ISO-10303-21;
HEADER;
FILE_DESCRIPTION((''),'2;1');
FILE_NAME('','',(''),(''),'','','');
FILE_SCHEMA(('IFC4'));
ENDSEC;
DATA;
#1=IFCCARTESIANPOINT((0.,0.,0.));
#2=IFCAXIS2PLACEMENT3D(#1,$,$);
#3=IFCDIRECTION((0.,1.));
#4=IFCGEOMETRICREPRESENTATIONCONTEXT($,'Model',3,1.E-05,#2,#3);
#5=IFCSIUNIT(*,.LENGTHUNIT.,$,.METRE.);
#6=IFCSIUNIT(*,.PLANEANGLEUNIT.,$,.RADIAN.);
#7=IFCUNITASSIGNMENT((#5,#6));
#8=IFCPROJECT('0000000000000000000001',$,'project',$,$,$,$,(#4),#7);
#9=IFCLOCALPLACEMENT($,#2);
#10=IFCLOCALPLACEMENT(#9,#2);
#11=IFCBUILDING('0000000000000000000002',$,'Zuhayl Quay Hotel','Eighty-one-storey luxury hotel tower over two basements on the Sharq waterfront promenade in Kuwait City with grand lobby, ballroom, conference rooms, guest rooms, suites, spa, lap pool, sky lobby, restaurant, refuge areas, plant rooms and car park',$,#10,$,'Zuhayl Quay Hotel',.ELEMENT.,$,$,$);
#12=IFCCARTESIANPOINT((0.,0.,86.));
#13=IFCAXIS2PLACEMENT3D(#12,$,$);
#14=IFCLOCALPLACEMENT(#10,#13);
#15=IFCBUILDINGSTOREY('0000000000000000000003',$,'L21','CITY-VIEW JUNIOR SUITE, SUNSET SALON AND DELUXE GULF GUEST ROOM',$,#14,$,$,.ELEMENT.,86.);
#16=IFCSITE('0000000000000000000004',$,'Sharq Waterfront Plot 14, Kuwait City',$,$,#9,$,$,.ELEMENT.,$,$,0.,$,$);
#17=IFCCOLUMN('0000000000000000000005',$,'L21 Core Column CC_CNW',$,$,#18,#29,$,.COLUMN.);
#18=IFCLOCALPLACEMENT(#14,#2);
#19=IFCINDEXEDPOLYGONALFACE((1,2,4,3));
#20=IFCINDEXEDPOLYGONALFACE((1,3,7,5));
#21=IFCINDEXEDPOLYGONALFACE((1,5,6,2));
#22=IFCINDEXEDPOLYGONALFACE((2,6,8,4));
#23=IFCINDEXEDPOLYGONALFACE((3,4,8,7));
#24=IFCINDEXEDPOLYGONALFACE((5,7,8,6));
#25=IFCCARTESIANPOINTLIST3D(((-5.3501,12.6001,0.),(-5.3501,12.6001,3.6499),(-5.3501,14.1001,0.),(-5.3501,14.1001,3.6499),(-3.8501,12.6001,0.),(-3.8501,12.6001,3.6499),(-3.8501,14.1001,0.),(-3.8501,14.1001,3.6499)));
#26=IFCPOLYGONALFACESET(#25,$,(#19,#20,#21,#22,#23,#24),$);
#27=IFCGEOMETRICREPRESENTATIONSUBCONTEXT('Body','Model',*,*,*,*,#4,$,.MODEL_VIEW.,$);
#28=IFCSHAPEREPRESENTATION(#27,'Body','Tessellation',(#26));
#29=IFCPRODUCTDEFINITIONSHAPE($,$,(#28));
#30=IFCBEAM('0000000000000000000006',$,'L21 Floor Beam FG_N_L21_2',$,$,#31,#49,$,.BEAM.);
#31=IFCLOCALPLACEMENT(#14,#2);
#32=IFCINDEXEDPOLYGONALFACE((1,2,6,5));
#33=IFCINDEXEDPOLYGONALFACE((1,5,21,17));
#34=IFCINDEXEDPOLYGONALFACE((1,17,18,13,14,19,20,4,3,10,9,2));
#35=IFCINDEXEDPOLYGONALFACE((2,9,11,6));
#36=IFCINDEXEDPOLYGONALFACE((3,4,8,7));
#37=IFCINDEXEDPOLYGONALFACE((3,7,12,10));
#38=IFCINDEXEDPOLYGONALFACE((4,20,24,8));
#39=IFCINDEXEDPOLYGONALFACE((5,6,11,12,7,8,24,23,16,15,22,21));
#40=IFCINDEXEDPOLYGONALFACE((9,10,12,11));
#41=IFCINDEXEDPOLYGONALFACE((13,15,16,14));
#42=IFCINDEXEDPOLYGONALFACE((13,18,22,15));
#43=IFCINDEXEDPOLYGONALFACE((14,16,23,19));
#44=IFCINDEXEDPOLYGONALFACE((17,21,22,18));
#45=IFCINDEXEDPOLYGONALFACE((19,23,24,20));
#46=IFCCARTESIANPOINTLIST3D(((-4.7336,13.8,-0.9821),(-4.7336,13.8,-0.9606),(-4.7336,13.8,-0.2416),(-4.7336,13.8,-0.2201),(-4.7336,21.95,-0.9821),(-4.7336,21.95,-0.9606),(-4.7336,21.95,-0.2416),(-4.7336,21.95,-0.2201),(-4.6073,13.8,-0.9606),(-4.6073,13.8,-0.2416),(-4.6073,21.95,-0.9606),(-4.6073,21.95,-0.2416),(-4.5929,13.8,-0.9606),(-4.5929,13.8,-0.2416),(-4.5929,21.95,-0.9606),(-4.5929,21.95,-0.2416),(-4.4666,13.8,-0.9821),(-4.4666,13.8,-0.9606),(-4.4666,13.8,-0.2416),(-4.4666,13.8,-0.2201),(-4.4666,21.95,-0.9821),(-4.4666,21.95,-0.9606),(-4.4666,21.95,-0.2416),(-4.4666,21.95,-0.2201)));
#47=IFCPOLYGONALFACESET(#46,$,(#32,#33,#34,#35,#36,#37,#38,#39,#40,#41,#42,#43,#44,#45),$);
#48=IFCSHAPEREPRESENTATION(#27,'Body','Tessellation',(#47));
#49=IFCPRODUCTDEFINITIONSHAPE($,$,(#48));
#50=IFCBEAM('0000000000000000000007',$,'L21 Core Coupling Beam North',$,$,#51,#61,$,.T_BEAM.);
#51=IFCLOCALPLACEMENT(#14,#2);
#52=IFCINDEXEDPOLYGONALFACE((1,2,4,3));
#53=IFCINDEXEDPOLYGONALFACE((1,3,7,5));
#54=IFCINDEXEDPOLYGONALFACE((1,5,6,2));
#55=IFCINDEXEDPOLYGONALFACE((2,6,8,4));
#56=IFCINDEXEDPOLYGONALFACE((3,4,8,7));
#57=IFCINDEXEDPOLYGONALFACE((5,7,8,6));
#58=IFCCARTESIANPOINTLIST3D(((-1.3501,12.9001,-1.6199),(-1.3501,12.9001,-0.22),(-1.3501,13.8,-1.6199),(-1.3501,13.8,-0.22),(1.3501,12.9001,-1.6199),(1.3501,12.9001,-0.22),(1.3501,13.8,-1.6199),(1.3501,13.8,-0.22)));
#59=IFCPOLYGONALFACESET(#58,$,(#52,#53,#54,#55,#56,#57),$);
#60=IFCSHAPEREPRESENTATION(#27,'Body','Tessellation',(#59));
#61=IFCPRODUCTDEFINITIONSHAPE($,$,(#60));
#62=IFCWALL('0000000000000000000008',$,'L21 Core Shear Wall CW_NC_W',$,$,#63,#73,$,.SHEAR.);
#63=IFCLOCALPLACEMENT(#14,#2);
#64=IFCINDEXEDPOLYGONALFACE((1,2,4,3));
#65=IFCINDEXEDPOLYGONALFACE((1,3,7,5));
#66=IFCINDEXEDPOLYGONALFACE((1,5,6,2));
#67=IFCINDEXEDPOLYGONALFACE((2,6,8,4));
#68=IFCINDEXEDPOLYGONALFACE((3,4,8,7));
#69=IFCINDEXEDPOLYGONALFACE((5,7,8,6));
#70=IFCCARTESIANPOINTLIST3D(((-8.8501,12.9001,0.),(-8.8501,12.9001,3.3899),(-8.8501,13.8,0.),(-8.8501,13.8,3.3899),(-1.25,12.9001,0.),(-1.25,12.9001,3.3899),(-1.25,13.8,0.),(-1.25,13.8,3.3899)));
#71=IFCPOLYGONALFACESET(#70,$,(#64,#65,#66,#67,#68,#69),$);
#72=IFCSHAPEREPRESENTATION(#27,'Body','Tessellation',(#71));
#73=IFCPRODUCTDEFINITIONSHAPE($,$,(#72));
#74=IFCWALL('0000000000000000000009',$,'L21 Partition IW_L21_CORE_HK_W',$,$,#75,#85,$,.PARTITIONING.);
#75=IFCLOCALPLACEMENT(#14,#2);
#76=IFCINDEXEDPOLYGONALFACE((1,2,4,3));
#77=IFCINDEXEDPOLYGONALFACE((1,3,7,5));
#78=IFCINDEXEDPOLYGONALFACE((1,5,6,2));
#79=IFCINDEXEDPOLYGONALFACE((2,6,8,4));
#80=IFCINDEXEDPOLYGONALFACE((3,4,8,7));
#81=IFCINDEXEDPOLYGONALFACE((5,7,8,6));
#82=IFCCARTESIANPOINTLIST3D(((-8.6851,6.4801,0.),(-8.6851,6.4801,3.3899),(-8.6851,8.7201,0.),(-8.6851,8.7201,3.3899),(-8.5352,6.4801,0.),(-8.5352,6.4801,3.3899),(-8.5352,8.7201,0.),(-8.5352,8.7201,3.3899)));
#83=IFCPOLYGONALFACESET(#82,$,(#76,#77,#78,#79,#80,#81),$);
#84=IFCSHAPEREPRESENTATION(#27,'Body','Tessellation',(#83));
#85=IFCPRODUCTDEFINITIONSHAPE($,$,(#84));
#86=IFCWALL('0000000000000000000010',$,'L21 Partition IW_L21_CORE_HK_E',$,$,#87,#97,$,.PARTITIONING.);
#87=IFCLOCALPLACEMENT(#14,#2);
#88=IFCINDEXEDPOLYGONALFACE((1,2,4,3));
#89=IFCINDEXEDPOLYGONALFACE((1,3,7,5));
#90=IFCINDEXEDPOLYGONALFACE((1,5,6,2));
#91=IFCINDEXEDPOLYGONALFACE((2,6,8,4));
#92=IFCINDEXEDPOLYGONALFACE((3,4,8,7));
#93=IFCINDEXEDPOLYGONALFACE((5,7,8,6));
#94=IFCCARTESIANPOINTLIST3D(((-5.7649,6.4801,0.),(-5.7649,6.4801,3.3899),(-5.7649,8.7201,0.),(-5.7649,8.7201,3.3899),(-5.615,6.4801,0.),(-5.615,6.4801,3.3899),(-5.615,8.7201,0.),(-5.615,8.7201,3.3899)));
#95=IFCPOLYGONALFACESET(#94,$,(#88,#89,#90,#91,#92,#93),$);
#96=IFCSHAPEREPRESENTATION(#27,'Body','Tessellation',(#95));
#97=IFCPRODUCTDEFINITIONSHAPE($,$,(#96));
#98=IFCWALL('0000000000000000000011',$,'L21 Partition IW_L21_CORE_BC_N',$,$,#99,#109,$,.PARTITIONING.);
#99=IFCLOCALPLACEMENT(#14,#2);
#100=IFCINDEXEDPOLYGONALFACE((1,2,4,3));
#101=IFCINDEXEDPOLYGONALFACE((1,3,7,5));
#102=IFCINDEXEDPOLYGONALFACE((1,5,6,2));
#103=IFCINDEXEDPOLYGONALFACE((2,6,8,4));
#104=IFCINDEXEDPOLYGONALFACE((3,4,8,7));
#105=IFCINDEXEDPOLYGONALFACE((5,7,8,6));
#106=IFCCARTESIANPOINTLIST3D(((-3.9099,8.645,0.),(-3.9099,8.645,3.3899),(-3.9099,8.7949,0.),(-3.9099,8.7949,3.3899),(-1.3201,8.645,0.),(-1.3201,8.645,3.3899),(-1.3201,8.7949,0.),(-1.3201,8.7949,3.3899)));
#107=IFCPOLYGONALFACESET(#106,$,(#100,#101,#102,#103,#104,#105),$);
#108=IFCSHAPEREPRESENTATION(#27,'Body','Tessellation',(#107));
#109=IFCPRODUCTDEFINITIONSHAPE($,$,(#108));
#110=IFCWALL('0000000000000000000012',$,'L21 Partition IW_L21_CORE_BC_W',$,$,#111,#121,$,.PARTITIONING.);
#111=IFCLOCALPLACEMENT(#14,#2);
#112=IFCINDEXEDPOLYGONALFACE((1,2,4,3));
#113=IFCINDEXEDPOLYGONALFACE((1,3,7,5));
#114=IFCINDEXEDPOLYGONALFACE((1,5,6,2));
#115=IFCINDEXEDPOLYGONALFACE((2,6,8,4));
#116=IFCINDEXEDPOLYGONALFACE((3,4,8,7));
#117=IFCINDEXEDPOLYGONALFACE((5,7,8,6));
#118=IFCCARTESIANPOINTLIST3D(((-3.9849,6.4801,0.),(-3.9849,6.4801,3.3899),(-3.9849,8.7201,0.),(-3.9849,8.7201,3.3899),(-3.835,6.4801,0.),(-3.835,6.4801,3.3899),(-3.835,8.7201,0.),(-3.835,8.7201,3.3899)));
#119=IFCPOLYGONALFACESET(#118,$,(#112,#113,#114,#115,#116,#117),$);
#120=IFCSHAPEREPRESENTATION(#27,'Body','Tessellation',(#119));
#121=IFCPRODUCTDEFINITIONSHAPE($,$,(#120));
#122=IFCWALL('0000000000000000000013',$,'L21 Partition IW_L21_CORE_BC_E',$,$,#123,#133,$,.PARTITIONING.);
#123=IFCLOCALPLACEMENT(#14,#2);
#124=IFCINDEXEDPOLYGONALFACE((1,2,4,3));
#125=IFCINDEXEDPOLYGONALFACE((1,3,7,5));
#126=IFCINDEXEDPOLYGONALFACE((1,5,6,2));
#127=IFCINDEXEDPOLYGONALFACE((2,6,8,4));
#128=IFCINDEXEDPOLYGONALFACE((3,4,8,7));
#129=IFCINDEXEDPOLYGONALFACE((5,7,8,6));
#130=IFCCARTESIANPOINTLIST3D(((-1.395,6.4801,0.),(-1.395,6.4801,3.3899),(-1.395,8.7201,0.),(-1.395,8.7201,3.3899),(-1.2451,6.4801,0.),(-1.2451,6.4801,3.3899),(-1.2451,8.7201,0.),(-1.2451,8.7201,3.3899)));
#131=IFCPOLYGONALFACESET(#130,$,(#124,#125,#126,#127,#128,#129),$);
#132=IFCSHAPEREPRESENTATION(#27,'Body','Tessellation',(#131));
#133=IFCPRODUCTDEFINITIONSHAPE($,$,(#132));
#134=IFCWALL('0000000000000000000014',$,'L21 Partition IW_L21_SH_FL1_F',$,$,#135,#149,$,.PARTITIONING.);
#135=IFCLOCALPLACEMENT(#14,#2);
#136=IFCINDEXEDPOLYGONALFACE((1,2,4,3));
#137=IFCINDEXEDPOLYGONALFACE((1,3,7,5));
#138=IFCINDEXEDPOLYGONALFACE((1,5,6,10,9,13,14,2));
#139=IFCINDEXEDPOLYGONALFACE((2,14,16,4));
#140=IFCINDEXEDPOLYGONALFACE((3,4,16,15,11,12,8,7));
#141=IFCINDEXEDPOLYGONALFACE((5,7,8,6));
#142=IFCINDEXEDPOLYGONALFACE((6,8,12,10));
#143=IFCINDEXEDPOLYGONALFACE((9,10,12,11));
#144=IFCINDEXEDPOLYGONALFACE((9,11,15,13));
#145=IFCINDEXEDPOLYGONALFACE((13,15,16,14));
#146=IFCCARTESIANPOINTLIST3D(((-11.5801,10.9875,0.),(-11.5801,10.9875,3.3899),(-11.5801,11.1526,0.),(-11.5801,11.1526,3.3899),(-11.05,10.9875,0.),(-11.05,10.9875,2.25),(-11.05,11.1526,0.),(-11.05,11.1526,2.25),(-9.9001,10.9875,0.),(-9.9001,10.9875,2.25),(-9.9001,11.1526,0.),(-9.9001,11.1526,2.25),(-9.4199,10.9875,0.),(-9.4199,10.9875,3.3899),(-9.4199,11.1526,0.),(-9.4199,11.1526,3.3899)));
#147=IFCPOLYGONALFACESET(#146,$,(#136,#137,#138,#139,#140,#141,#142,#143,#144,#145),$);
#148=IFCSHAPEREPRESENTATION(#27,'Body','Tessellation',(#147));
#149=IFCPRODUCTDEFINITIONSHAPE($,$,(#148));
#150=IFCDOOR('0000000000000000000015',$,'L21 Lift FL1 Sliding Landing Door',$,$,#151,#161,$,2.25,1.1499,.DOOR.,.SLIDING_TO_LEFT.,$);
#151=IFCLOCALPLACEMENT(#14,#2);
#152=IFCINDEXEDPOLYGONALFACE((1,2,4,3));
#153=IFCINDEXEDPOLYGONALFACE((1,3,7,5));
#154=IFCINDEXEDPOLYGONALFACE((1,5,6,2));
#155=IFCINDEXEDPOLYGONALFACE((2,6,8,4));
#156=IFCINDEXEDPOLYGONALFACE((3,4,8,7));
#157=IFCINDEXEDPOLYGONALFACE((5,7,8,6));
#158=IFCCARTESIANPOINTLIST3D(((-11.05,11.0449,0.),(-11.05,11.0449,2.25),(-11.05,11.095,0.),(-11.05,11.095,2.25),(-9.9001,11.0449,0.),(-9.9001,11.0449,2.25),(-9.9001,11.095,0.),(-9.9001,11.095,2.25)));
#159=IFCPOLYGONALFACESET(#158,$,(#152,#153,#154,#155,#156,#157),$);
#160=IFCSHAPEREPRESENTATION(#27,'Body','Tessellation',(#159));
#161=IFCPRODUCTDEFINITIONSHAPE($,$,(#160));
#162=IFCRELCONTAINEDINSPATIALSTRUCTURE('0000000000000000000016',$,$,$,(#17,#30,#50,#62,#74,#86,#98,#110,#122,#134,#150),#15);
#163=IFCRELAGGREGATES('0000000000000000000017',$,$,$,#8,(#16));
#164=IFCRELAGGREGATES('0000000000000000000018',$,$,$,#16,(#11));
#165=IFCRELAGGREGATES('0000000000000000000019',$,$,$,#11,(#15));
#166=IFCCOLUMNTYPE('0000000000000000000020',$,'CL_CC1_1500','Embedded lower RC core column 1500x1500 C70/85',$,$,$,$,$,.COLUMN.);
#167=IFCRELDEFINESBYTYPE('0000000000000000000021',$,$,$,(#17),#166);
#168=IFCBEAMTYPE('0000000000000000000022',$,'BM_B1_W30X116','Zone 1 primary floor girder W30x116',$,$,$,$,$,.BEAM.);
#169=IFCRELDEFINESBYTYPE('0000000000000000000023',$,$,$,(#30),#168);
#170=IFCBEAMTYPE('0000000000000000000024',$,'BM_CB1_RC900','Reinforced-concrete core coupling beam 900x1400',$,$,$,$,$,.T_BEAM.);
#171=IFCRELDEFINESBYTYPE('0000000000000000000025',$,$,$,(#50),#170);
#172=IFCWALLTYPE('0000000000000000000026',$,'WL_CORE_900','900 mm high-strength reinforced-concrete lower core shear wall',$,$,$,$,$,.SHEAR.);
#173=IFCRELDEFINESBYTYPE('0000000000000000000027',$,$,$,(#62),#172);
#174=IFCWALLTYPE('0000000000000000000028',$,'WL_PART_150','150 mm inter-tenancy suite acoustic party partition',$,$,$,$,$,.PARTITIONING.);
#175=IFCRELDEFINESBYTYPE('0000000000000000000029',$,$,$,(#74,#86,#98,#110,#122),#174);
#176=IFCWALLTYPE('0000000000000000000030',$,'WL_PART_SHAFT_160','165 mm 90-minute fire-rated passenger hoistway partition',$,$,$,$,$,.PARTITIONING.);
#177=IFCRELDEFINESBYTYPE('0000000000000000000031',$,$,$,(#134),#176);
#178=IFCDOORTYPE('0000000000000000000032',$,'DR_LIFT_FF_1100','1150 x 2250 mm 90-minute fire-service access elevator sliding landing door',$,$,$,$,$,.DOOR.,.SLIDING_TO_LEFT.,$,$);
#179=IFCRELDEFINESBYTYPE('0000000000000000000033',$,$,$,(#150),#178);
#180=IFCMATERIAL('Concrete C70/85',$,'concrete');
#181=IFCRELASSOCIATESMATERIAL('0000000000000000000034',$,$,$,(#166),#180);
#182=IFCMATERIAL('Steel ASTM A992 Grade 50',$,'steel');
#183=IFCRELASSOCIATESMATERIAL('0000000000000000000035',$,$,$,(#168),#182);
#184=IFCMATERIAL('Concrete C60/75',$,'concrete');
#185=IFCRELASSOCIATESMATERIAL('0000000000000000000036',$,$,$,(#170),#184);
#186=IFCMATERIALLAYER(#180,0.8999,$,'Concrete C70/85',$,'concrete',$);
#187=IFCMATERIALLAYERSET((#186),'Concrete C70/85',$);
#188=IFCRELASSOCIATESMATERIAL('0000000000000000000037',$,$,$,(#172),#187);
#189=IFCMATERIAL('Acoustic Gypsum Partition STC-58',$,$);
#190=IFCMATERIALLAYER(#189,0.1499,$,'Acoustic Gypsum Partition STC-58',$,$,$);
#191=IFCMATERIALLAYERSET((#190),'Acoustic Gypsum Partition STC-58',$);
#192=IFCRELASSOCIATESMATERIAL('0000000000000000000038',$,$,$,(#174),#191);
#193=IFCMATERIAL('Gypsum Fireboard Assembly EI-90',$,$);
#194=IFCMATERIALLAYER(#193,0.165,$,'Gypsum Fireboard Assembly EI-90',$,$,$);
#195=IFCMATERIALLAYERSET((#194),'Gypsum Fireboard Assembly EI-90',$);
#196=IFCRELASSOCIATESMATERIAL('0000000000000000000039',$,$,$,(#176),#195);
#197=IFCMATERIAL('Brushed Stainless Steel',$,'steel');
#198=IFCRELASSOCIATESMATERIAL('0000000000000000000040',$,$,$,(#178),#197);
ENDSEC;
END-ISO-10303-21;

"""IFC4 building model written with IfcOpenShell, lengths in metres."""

from ifc_helpers import new_model, si_unit, direction, frame, frame_2d, origin, origin_2d, place, context, subcontext, project, spatial, rectangle, i_section, extrude, material, layer, layer_set, material_profile, profile_set, type_object, element, fill, save


model = new_model("IFC4")

# Units and contexts
model_context = context("Model", 3, precision=1e-05, world=origin(), true_north=direction((0.0, 1.0)))
body_context = subcontext(model_context, "Body", "Model", "MODEL_VIEW")
ifc_project = project(units=[si_unit("LENGTHUNIT", "METRE"), si_unit("PLANEANGLEUNIT", "RADIAN")], contexts=[model_context])

# Site, building, storey
site_placement = place(None, origin())
site = spatial("IfcSite", under=ifc_project, at=site_placement, Name="Sharq Waterfront Plot 14, Kuwait City", CompositionType="ELEMENT", RefElevation=0.0)
building_placement = place(site_placement, origin())
building = spatial("IfcBuilding", under=site, at=building_placement, Name="Zuhayl Quay Hotel", Description="Eighty-one-storey luxury hotel tower over two basements on the Sharq waterfront promenade in Kuwait City with grand lobby, ballroom, conference rooms, guest rooms, suites, spa, lap pool, sky lobby, restaurant, refuge areas, plant rooms and car park", LongName="Zuhayl Quay Hotel", CompositionType="ELEMENT")
storey_placement = place(building_placement, frame((0.0, 0.0, 86.0)))
storey = spatial("IfcBuildingStorey", under=building, at=storey_placement, Name="L21", Description="CITY-VIEW JUNIOR SUITE, SUNSET SALON AND DELUXE GULF GUEST ROOM", CompositionType="ELEMENT", Elevation=86.0)

# Column
ifc_material_1 = material(Name="Concrete C70/85", Category="concrete")
ifc_material_profile_1 = material_profile(ifc_material_1, rectangle(XDim=1.5, YDim=1.5, at=origin_2d()), Name="RC1500X1500")
ifc_profile_set_1 = profile_set([ifc_material_profile_1], Name="Concrete C70/85")
column_type = type_object("IfcColumnType", Name="CL_CC1_1500", Description="Embedded lower RC core column 1500x1500 C70/85", PredefinedType="COLUMN", material=ifc_profile_set_1)
column_placement = place(storey_placement, frame((-4.6001, 13.3501, 0.0), z_axis=(0.0, 0.0, 1.0), x_axis=(1.0, 0.0, 0.0)))
element("IfcColumn", 1, at=column_placement, inside=storey, type_object=column_type, Name="L21 Core Column CC_CNW", PredefinedType="COLUMN", context=body_context, shape_type="SweptSolid", body=[
    extrude(rectangle(XDim=1.5, YDim=1.5, at=origin_2d()), origin(), (0.0, 0.0, 1.0), 3.6499),
])

# Beams
ifc_material_2 = material(Name="Steel ASTM A992 Grade 50", Category="steel")
ifc_material_profile_2 = material_profile(ifc_material_2, i_section(OverallWidth=0.2671, OverallDepth=0.762, WebThickness=0.0144, FlangeThickness=0.0215, at=origin_2d()), Name="W30X116")
ifc_profile_set_2 = profile_set([ifc_material_profile_2], Name="Steel ASTM A992 Grade 50")
beam_type_1 = type_object("IfcBeamType", Name="BM_B1_W30X116", Description="Zone 1 primary floor girder W30x116", PredefinedType="BEAM", material=ifc_profile_set_2)
beam_1_placement = place(storey_placement, frame((-4.6001, 13.8, -0.6011), z_axis=(0.0, 1.0, 0.0), x_axis=(-1.0, 0.0, 0.0)))
element("IfcBeam", 2, at=beam_1_placement, inside=storey, type_object=beam_type_1, Name="L21 Floor Beam FG_N_L21_2", PredefinedType="BEAM", context=body_context, shape_type="SweptSolid", body=[
    extrude(i_section(OverallWidth=0.2671, OverallDepth=0.762, WebThickness=0.0144, FlangeThickness=0.0215, at=origin_2d()), origin(), (0.0, 0.0, 1.0), 8.1499),
])
ifc_material_3 = material(Name="Concrete C60/75", Category="concrete")
ifc_material_profile_3 = material_profile(ifc_material_3, rectangle(XDim=0.8999, YDim=1.3999, at=origin_2d()), Name="RC900X1400")
ifc_profile_set_3 = profile_set([ifc_material_profile_3], Name="Concrete C60/75")
beam_type_2 = type_object("IfcBeamType", Name="BM_CB1_RC900", Description="Reinforced-concrete core coupling beam 900x1400", PredefinedType="T_BEAM", material=ifc_profile_set_3)
beam_2_placement = place(storey_placement, frame((-1.3501, 13.3501, -0.9199), z_axis=(1.0, 0.0, 0.0), x_axis=(0.0, 1.0, 0.0)))
element("IfcBeam", 3, at=beam_2_placement, inside=storey, type_object=beam_type_2, Name="L21 Core Coupling Beam North", PredefinedType="T_BEAM", context=body_context, shape_type="SweptSolid", body=[
    extrude(rectangle(XDim=0.8999, YDim=1.3999, at=origin_2d()), origin(), (0.0, 0.0, 1.0), 2.7002),
])

# Wall
ifc_layer_1 = layer(ifc_material_1, 0.8999, Name="Concrete C70/85", Category="concrete")
ifc_layer_set_1 = layer_set([ifc_layer_1], Name="Concrete C70/85")
wall_type_1 = type_object("IfcWallType", Name="WL_CORE_900", Description="900 mm high-strength reinforced-concrete lower core shear wall", PredefinedType="SHEAR", material=ifc_layer_set_1)
wall_1_placement = place(storey_placement, frame((-8.8501, 13.3501, 0.0), z_axis=(0.0, 0.0, 1.0), x_axis=(1.0, 0.0, 0.0)))
element("IfcWall", 4, at=wall_1_placement, inside=storey, type_object=wall_type_1, Name="L21 Core Shear Wall CW_NC_W", PredefinedType="SHEAR", context=body_context, shape_type="SweptSolid", body=[
    extrude(rectangle(XDim=7.6001, YDim=0.8999, at=frame_2d((3.8, 0.0))), origin(), (0.0, 0.0, 1.0), 3.3899),
])

# Shared definitions
ifc_material_4 = material(Name="Acoustic Gypsum Partition STC-58")
ifc_layer_2 = layer(ifc_material_4, 0.1499, Name="Acoustic Gypsum Partition STC-58")
ifc_layer_set_2 = layer_set([ifc_layer_2], Name="Acoustic Gypsum Partition STC-58")
wall_type_2 = type_object("IfcWallType", Name="WL_PART_150", Description="150 mm inter-tenancy suite acoustic party partition", PredefinedType="PARTITIONING", material=ifc_layer_set_2)

# Walls
for number, where, z_axis, x_axis, name in (
    (5, (-8.6101, 6.48, 0.0), (0.0, 0.0, 1.0), (0.0, 1.0, 0.0), "L21 Partition IW_L21_CORE_HK_W"),
    (6, (-5.6899, 6.48, 0.0), (0.0, 0.0, 1.0), (0.0, 1.0, 0.0), "L21 Partition IW_L21_CORE_HK_E"),
):
    element("IfcWall", number, at=place(storey_placement, frame(where, z_axis=z_axis, x_axis=x_axis)), inside=storey, type_object=wall_type_2, Name=name, PredefinedType="PARTITIONING", context=body_context, shape_type="SweptSolid", body=[
        extrude(rectangle(XDim=2.24, YDim=0.1499, at=frame_2d((1.1201, 0.0))), origin(), (0.0, 0.0, 1.0), 3.3899),
    ])
wall_2_placement = place(storey_placement, frame((-3.9099, 8.72, 0.0), z_axis=(0.0, 0.0, 1.0), x_axis=(1.0, 0.0, 0.0)))
element("IfcWall", 7, at=wall_2_placement, inside=storey, type_object=wall_type_2, Name="L21 Partition IW_L21_CORE_BC_N", PredefinedType="PARTITIONING", context=body_context, shape_type="SweptSolid", body=[
    extrude(rectangle(XDim=2.5898, YDim=0.1499, at=frame_2d((1.2949, 0.0))), origin(), (0.0, 0.0, 1.0), 3.3899),
])
for number, where, z_axis, x_axis, name in (
    (8, (-3.9099, 6.48, 0.0), (0.0, 0.0, 1.0), (0.0, 1.0, 0.0), "L21 Partition IW_L21_CORE_BC_W"),
    (9, (-1.3201, 6.48, 0.0), (0.0, 0.0, 1.0), (0.0, 1.0, 0.0), "L21 Partition IW_L21_CORE_BC_E"),
):
    element("IfcWall", number, at=place(storey_placement, frame(where, z_axis=z_axis, x_axis=x_axis)), inside=storey, type_object=wall_type_2, Name=name, PredefinedType="PARTITIONING", context=body_context, shape_type="SweptSolid", body=[
        extrude(rectangle(XDim=2.24, YDim=0.1499, at=frame_2d((1.1201, 0.0))), origin(), (0.0, 0.0, 1.0), 3.3899),
    ])

# Wall, opening, door
ifc_material_5 = material(Name="Gypsum Fireboard Assembly EI-90")
ifc_layer_3 = layer(ifc_material_5, 0.165, Name="Gypsum Fireboard Assembly EI-90")
ifc_layer_set_3 = layer_set([ifc_layer_3], Name="Gypsum Fireboard Assembly EI-90")
wall_type_3 = type_object("IfcWallType", Name="WL_PART_SHAFT_160", Description="165 mm 90-minute fire-rated passenger hoistway partition", PredefinedType="PARTITIONING", material=ifc_layer_set_3)
wall_3_placement = place(storey_placement, frame((-11.5801, 11.0701, 0.0), z_axis=(0.0, 0.0, 1.0), x_axis=(1.0, 0.0, 0.0)))
wall_3 = element("IfcWall", 10, at=wall_3_placement, inside=storey, type_object=wall_type_3, Name="L21 Partition IW_L21_SH_FL1_F", PredefinedType="PARTITIONING", context=body_context, shape_type="SweptSolid", body=[
    extrude(rectangle(XDim=2.1602, YDim=0.165, at=frame_2d((1.0801, 0.0))), origin(), (0.0, 0.0, 1.0), 3.3899),
])
opening_1_placement = place(wall_3_placement, frame((0.53, 0.0, 0.0)))
opening_1 = element("IfcOpeningElement", 11, at=opening_1_placement, cuts=wall_3, PredefinedType="OPENING", context=body_context, shape_type="SweptSolid", body=[
    extrude(rectangle(XDim=1.1499, YDim=2.25, at=frame_2d((0.575, 1.125))), frame((0.0, 0.0925, 0.0), z_axis=(0.0, -1.0, 0.0), x_axis=(1.0, 0.0, 0.0)), (0.0, 0.0, 1.0), 0.1851),
])
ifc_material_6 = material(Name="Brushed Stainless Steel", Category="steel")
door_type_1 = type_object("IfcDoorType", Name="DR_LIFT_FF_1100", Description="1150 x 2250 mm 90-minute fire-service access elevator sliding landing door", OperationType="SLIDING_TO_LEFT", PredefinedType="DOOR", material=ifc_material_6)
door_1_placement = place(opening_1_placement, origin())
door_1 = element("IfcDoor", 12, at=door_1_placement, inside=storey, type_object=door_type_1, Name="L21 Lift FL1 Sliding Landing Door", OperationType="SLIDING_TO_LEFT", OverallHeight=2.25, OverallWidth=1.1499, PredefinedType="DOOR", context=body_context, shape_type="SweptSolid", body=[
    extrude(rectangle(XDim=1.1499, YDim=2.25, at=frame_2d((0.575, 1.125))), frame((0.0, 0.0249, 0.0), z_axis=(0.0, -1.0, 0.0), x_axis=(1.0, 0.0, 0.0)), (0.0, 0.0, 1.0), 0.05),
])
fill(opening_1, door_1)

save(model, "model.ifc")
